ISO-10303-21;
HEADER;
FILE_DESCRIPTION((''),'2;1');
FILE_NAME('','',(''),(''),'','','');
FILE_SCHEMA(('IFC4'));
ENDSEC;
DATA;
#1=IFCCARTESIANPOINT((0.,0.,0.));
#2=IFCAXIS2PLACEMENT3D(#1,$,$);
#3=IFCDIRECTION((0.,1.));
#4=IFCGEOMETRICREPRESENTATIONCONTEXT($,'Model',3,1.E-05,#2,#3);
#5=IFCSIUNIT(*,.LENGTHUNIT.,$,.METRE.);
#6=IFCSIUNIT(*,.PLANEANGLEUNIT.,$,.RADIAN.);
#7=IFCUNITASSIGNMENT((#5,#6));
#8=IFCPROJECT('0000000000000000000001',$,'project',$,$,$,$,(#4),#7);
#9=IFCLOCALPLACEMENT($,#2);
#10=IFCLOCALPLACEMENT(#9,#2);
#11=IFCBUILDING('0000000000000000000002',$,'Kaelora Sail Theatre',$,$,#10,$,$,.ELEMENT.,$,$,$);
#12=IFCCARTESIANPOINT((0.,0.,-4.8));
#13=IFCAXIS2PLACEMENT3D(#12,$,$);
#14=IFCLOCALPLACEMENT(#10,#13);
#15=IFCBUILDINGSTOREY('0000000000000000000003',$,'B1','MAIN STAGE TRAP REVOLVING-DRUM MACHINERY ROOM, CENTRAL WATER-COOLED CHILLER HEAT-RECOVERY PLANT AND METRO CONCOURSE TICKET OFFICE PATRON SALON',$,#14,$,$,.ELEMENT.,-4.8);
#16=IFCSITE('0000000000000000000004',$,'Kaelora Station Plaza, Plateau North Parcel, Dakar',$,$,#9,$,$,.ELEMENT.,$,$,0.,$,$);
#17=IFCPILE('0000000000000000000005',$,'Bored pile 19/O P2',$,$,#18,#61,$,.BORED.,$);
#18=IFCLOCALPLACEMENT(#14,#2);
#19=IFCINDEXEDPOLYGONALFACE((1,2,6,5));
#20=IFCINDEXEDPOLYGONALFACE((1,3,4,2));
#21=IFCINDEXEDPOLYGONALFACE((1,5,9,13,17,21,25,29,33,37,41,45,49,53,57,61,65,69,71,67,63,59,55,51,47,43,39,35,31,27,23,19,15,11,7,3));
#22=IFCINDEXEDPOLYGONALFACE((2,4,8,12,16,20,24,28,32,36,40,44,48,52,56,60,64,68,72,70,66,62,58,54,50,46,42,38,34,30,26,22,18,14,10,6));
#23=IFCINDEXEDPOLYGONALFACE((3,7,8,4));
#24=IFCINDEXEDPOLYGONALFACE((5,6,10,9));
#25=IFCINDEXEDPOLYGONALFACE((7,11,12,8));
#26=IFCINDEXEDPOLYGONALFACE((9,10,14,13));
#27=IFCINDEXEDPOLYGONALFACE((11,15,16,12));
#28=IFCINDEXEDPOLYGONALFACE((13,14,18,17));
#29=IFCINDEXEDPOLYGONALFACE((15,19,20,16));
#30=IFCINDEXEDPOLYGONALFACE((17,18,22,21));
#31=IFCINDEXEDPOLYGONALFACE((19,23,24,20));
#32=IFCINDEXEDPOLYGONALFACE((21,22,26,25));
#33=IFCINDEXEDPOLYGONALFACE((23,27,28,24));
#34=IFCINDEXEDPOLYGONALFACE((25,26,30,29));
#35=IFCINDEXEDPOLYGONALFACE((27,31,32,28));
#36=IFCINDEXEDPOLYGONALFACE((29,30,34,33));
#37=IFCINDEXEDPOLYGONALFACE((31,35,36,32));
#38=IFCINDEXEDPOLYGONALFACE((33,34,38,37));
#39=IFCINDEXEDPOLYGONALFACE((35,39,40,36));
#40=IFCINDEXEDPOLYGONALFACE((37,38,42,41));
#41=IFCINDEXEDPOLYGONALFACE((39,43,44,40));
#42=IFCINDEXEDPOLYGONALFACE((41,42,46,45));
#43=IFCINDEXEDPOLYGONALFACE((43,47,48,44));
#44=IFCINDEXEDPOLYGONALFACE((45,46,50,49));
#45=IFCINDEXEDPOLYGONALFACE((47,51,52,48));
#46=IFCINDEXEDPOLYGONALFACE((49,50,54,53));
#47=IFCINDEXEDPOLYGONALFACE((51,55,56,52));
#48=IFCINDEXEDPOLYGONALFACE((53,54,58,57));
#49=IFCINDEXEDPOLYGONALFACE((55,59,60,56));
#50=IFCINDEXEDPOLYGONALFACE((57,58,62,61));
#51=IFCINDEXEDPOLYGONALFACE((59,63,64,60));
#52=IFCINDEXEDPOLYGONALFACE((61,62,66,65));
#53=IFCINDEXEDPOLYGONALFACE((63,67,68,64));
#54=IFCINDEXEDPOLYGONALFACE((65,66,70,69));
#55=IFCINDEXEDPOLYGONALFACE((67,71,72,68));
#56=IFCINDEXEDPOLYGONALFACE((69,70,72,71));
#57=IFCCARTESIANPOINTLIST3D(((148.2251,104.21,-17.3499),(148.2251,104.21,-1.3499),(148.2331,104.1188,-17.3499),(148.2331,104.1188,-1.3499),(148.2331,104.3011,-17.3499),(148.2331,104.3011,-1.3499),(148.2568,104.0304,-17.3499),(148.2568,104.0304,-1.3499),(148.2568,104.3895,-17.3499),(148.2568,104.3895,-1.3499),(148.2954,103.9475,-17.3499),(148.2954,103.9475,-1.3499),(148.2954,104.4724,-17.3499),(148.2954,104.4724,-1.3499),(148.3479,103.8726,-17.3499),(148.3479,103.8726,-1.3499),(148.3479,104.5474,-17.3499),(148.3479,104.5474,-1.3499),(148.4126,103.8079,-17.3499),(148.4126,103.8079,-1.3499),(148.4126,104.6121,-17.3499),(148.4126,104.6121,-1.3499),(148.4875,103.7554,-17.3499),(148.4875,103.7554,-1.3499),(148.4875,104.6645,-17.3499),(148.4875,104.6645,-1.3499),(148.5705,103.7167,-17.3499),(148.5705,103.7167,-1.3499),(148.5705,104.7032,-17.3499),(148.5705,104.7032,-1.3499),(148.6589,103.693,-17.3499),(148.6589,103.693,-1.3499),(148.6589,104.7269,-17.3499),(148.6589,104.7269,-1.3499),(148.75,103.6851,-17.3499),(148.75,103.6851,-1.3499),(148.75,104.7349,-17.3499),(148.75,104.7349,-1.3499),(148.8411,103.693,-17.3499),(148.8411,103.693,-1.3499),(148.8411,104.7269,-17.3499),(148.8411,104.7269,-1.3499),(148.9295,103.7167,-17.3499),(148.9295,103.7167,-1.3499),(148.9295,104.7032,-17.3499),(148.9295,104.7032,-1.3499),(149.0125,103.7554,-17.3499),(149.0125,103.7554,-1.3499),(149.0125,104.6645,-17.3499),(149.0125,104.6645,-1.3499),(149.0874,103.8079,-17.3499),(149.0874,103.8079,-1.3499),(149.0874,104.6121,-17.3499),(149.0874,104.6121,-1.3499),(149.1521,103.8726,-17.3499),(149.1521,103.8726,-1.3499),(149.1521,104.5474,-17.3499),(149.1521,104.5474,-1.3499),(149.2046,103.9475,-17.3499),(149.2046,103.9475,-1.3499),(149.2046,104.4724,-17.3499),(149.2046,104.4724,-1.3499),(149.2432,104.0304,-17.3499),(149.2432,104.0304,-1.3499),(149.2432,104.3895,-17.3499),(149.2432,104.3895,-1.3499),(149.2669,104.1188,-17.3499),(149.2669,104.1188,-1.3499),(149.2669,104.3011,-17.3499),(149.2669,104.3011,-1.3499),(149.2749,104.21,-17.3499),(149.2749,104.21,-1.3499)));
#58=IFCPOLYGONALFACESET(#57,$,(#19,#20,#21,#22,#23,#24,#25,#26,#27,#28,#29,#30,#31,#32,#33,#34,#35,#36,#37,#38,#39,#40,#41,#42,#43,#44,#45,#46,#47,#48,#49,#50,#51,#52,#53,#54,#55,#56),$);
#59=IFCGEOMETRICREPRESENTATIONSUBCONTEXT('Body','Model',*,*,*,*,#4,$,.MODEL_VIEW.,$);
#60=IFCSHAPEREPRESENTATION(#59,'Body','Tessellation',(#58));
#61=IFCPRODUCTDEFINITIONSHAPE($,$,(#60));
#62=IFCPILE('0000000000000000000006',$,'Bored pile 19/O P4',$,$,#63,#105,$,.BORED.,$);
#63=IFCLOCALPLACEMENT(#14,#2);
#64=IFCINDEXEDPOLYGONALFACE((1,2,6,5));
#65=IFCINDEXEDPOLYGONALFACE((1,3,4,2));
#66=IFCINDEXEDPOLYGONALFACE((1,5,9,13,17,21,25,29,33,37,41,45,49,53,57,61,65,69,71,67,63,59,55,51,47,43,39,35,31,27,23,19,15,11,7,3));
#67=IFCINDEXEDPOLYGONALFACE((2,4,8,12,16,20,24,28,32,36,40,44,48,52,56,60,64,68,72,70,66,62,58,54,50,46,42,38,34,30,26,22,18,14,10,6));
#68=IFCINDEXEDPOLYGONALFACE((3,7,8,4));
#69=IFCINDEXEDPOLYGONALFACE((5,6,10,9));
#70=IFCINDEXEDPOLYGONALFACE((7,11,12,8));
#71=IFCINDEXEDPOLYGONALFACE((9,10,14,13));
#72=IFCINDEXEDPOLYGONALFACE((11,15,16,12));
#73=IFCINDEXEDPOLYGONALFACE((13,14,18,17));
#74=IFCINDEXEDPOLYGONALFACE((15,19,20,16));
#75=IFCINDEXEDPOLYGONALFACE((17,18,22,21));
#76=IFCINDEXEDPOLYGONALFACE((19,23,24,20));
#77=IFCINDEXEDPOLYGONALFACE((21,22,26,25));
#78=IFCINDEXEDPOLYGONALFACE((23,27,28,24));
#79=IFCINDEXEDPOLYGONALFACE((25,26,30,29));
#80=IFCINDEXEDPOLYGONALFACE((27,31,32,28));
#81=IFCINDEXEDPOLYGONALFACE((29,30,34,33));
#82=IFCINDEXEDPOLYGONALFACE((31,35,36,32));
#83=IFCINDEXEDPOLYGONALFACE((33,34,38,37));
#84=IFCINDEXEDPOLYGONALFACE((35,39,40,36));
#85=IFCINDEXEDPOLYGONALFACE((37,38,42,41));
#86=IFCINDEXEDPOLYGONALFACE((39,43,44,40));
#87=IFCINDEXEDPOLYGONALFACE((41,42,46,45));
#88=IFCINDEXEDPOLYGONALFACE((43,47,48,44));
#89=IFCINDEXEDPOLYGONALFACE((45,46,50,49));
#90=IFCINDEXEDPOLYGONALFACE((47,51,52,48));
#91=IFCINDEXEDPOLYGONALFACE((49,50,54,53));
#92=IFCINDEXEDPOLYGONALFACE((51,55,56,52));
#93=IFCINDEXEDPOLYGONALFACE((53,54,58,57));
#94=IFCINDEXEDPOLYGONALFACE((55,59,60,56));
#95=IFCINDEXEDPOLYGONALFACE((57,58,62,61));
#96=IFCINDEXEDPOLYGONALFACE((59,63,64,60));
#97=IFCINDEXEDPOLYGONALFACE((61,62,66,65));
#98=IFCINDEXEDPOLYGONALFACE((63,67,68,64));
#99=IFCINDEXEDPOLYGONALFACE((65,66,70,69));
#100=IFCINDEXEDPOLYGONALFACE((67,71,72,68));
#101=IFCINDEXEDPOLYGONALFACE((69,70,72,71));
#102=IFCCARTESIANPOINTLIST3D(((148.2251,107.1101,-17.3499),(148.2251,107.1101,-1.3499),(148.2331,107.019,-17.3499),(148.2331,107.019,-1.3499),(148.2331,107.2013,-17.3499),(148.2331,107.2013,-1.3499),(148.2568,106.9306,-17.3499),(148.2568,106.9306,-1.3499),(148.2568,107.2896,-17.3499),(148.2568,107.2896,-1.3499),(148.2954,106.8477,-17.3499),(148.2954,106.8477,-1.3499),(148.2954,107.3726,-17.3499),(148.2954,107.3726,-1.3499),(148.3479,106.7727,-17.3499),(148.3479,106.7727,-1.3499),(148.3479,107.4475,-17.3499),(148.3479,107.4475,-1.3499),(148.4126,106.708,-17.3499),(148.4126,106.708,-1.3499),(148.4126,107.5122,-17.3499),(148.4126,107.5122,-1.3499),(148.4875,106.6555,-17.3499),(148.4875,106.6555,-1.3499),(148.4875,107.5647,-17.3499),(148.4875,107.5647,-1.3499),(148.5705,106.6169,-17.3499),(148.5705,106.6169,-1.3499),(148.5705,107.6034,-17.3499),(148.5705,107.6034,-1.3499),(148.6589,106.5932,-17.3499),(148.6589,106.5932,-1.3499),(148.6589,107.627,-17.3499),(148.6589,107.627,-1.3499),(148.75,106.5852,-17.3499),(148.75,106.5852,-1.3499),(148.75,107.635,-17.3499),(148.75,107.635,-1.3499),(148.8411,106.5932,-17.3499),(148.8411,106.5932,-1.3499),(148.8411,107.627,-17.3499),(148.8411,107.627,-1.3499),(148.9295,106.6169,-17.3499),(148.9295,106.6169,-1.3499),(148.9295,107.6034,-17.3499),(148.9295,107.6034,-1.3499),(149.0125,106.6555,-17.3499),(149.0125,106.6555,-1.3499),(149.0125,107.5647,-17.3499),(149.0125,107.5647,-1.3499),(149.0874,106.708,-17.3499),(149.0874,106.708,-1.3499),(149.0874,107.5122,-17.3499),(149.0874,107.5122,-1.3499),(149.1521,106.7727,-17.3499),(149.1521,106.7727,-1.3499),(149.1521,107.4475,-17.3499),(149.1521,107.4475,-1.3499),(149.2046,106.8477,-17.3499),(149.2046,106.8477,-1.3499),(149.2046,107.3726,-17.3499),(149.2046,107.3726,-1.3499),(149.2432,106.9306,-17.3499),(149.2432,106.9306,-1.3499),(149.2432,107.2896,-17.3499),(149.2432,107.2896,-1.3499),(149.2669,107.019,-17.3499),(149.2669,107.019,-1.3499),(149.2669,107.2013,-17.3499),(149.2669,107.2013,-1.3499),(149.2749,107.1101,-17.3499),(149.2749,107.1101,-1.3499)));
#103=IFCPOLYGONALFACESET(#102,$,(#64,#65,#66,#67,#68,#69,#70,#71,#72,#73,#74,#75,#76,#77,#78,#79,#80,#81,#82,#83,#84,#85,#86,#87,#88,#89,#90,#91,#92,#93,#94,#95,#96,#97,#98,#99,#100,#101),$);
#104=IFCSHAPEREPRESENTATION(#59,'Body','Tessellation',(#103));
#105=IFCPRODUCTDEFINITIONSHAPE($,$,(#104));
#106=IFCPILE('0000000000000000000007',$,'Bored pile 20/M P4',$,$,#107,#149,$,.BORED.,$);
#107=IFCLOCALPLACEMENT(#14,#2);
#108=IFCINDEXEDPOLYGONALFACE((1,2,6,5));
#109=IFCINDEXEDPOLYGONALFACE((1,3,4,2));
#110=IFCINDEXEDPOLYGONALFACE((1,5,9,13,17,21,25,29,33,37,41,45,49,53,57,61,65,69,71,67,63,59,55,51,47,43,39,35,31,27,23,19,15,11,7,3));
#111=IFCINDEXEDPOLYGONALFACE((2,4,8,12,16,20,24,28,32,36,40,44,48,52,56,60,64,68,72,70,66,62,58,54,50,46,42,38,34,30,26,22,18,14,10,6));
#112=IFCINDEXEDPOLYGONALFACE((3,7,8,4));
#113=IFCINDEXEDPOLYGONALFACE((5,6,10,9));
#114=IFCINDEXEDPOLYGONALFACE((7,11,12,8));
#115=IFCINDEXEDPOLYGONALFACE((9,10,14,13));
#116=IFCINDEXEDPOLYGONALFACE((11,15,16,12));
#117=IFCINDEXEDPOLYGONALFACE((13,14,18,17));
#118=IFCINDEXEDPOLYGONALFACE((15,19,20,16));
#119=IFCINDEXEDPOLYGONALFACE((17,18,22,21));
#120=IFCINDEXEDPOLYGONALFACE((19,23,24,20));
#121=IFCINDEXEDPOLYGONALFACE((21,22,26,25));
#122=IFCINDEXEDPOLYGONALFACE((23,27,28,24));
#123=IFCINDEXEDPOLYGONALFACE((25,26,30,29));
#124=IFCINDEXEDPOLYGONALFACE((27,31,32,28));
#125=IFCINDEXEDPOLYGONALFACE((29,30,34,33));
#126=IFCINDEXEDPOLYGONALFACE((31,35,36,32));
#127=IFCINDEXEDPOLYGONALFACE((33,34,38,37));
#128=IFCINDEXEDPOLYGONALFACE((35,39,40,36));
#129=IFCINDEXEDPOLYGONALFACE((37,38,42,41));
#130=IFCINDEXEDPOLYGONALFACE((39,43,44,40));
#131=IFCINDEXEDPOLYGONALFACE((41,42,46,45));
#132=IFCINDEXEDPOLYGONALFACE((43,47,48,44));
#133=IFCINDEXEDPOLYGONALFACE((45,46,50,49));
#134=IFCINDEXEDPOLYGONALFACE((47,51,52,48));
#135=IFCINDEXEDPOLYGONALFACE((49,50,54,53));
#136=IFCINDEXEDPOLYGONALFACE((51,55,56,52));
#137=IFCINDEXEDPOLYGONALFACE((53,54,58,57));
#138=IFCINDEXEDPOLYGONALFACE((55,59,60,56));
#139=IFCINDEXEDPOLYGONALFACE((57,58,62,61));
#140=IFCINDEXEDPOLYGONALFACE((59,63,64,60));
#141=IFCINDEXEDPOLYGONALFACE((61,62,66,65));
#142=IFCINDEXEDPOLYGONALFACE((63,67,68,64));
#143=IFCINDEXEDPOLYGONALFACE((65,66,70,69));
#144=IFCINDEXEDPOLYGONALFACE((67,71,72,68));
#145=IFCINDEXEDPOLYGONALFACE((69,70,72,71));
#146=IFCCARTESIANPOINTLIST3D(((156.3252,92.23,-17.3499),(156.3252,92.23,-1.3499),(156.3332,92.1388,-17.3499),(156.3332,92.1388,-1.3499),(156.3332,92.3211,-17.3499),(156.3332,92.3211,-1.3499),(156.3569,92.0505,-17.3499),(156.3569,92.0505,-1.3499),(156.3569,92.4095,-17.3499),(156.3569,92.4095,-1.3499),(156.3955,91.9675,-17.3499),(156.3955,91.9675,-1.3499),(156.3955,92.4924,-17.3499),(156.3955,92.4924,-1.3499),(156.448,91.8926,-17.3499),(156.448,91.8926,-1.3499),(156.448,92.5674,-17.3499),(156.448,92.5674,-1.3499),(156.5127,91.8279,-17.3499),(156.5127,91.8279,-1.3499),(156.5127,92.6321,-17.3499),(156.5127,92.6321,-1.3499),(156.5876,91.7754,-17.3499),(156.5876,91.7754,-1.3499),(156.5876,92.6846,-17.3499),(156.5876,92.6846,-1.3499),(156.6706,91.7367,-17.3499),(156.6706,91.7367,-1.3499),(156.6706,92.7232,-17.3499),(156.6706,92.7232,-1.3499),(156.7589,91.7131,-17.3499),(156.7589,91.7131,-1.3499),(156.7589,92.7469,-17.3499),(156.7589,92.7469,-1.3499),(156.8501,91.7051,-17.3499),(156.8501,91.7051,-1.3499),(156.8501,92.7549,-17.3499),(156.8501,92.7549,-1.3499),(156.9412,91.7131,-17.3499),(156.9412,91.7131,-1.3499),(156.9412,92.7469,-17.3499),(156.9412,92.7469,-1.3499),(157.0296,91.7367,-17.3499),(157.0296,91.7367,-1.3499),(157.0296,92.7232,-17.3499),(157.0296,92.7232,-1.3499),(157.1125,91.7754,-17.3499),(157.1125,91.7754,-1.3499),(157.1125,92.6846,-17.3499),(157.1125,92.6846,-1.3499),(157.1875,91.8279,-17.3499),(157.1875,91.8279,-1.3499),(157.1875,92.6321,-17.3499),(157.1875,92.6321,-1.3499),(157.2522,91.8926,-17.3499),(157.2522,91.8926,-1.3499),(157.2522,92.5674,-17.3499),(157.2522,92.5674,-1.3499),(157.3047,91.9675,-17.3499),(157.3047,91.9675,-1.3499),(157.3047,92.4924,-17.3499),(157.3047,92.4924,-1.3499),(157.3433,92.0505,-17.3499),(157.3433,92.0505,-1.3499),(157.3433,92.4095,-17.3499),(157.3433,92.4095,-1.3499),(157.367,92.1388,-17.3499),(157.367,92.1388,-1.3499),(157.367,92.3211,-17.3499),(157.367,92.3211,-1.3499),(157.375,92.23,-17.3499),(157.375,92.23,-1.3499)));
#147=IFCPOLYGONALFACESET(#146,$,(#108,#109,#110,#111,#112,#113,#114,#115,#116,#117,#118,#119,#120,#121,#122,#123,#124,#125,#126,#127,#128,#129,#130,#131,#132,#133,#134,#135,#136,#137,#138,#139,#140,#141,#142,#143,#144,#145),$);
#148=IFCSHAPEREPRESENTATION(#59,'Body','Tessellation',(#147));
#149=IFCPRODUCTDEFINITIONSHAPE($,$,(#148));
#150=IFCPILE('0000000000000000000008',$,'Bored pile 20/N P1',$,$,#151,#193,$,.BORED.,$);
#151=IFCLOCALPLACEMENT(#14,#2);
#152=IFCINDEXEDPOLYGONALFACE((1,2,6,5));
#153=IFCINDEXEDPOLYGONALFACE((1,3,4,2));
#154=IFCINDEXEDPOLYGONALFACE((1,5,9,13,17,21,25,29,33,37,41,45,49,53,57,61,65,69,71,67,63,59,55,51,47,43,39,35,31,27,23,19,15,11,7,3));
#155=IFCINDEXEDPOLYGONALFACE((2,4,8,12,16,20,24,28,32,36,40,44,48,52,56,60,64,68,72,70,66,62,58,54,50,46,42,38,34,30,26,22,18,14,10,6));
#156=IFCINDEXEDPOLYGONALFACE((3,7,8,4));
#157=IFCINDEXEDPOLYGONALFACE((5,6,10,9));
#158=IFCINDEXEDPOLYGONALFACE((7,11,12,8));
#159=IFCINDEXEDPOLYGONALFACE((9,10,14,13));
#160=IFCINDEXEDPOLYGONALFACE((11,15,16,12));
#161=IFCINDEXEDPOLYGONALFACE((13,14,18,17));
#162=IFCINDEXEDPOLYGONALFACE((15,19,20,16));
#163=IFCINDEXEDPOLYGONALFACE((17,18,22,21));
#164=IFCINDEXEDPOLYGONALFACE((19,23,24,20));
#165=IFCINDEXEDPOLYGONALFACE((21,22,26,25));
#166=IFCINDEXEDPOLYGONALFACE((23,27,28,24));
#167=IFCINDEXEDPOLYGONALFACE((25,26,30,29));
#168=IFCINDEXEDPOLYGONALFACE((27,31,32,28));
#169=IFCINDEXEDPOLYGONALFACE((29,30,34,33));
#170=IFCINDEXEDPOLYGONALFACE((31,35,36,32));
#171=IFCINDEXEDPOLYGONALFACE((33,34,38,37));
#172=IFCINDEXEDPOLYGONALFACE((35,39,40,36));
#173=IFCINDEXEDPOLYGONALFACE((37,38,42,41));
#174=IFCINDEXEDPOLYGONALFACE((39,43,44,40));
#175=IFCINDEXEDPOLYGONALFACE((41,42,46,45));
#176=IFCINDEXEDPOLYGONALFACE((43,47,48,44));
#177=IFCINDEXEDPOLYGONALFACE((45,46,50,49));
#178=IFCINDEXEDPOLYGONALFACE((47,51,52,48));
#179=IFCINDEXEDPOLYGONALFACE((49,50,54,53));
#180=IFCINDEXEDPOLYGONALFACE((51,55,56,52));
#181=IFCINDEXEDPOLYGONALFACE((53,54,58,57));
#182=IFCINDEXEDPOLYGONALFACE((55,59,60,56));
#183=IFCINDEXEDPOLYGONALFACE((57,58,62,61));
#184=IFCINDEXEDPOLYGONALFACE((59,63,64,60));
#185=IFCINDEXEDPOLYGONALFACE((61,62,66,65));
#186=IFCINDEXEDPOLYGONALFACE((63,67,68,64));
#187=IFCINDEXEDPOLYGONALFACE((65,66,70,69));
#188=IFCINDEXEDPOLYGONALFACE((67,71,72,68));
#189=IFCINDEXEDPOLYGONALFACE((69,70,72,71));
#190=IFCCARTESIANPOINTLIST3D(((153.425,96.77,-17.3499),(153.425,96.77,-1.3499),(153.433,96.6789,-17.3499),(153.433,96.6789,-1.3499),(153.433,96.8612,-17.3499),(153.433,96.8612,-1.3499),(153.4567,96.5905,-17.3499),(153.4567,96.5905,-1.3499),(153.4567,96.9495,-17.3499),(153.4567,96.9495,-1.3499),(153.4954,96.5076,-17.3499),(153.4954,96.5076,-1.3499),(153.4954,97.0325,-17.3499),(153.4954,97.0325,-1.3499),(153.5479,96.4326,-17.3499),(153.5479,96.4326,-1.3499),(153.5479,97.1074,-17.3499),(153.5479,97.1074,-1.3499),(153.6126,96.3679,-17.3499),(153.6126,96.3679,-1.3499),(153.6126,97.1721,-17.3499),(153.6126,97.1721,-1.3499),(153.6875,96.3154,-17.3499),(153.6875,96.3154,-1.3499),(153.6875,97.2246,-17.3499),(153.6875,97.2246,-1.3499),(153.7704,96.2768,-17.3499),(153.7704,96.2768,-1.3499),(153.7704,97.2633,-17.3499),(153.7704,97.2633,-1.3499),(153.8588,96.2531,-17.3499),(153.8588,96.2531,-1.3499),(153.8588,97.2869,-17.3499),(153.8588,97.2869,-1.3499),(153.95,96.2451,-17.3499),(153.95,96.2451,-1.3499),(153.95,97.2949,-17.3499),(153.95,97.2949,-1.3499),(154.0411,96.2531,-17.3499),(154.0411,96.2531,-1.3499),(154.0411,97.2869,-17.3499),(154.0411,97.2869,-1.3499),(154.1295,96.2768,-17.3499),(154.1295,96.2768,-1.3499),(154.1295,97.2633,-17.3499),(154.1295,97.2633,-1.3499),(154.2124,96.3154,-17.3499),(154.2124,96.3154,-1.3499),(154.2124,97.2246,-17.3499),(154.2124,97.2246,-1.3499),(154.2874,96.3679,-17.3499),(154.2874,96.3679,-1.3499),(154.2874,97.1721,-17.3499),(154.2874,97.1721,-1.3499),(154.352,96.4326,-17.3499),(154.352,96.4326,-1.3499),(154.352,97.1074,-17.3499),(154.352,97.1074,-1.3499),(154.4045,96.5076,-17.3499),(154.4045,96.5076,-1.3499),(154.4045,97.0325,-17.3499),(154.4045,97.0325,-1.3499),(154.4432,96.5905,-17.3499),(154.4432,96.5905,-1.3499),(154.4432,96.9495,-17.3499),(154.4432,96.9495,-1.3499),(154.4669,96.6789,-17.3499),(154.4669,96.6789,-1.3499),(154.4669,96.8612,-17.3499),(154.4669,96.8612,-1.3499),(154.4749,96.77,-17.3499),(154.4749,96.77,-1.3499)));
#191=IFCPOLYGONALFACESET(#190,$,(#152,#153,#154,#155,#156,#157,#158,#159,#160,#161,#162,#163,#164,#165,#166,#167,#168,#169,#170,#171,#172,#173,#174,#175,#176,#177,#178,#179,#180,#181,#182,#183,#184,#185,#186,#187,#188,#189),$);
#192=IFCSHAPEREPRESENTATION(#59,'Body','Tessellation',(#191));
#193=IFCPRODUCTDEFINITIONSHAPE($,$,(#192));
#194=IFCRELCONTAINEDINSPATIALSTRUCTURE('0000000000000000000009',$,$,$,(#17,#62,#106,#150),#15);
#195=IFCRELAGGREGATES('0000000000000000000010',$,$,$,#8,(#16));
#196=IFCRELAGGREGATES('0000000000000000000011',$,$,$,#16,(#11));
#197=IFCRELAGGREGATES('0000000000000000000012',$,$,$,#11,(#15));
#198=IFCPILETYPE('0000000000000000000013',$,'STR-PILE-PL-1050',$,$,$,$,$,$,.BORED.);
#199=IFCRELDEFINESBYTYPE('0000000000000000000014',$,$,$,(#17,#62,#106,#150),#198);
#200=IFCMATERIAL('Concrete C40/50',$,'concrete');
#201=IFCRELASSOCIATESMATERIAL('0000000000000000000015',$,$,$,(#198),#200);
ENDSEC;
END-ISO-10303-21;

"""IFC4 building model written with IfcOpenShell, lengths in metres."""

from ifc_helpers import new_model, si_unit, direction, frame, origin, origin_2d, place, context, subcontext, project, spatial, circle, extrude, material, material_profile, profile_set, type_object, element, save


model = new_model("IFC4")

# Units and contexts
model_context = context("Model", 3, precision=1e-05, world=origin(), true_north=direction((0.0, 1.0)))
body_context = subcontext(model_context, "Body", "Model", "MODEL_VIEW")
ifc_project = project(units=[si_unit("LENGTHUNIT", "METRE"), si_unit("PLANEANGLEUNIT", "RADIAN")], contexts=[model_context])

# Site, building, storey
site_placement = place(None, origin())
site = spatial("IfcSite", under=ifc_project, at=site_placement, Name="Kaelora Station Plaza, Plateau North Parcel, Dakar", CompositionType="ELEMENT", RefElevation=0.0)
building_placement = place(site_placement, origin())
building = spatial("IfcBuilding", under=site, at=building_placement, Name="Kaelora Sail Theatre", CompositionType="ELEMENT")
storey_placement = place(building_placement, frame((0.0, 0.0, -4.8)))
storey = spatial("IfcBuildingStorey", under=building, at=storey_placement, Name="B1", Description="MAIN STAGE TRAP REVOLVING-DRUM MACHINERY ROOM, CENTRAL WATER-COOLED CHILLER HEAT-RECOVERY PLANT AND METRO CONCOURSE TICKET OFFICE PATRON SALON", CompositionType="ELEMENT", Elevation=-4.8)

# Piles
ifc_material_1 = material(Name="Concrete C40/50", Category="concrete")
ifc_material_profile_1 = material_profile(ifc_material_1, circle(Radius=0.5249, at=origin_2d()), Name="PILE D1050")
ifc_profile_set_1 = profile_set([ifc_material_profile_1], Name="Concrete C40/50")
pile_type_1 = type_object("IfcPileType", Name="STR-PILE-PL-1050", PredefinedType="BORED", material=ifc_profile_set_1)
for number, where, z_axis, x_axis, name in (
    (1, (148.75, 104.21, -1.3499), (0.0, 0.0, -1.0), (1.0, 0.0, 0.0), "Bored pile 19/O P2"),
    (2, (148.75, 107.1101, -1.3499), (0.0, 0.0, -1.0), (1.0, 0.0, 0.0), "Bored pile 19/O P4"),
    (3, (156.8501, 92.23, -1.3499), (0.0, 0.0, -1.0), (1.0, 0.0, 0.0), "Bored pile 20/M P4"),
    (4, (153.95, 96.77, -1.3499), (0.0, 0.0, -1.0), (1.0, 0.0, 0.0), "Bored pile 20/N P1"),
):
    element("IfcPile", number, at=place(storey_placement, frame(where, z_axis=z_axis, x_axis=x_axis)), inside=storey, type_object=pile_type_1, Name=name, PredefinedType="BORED", context=body_context, shape_type="SweptSolid", body=[
        extrude(circle(Radius=0.5249, at=origin_2d()), origin(), (0.0, 0.0, 1.0), 16.0),
    ])

save(model, "model.ifc")
